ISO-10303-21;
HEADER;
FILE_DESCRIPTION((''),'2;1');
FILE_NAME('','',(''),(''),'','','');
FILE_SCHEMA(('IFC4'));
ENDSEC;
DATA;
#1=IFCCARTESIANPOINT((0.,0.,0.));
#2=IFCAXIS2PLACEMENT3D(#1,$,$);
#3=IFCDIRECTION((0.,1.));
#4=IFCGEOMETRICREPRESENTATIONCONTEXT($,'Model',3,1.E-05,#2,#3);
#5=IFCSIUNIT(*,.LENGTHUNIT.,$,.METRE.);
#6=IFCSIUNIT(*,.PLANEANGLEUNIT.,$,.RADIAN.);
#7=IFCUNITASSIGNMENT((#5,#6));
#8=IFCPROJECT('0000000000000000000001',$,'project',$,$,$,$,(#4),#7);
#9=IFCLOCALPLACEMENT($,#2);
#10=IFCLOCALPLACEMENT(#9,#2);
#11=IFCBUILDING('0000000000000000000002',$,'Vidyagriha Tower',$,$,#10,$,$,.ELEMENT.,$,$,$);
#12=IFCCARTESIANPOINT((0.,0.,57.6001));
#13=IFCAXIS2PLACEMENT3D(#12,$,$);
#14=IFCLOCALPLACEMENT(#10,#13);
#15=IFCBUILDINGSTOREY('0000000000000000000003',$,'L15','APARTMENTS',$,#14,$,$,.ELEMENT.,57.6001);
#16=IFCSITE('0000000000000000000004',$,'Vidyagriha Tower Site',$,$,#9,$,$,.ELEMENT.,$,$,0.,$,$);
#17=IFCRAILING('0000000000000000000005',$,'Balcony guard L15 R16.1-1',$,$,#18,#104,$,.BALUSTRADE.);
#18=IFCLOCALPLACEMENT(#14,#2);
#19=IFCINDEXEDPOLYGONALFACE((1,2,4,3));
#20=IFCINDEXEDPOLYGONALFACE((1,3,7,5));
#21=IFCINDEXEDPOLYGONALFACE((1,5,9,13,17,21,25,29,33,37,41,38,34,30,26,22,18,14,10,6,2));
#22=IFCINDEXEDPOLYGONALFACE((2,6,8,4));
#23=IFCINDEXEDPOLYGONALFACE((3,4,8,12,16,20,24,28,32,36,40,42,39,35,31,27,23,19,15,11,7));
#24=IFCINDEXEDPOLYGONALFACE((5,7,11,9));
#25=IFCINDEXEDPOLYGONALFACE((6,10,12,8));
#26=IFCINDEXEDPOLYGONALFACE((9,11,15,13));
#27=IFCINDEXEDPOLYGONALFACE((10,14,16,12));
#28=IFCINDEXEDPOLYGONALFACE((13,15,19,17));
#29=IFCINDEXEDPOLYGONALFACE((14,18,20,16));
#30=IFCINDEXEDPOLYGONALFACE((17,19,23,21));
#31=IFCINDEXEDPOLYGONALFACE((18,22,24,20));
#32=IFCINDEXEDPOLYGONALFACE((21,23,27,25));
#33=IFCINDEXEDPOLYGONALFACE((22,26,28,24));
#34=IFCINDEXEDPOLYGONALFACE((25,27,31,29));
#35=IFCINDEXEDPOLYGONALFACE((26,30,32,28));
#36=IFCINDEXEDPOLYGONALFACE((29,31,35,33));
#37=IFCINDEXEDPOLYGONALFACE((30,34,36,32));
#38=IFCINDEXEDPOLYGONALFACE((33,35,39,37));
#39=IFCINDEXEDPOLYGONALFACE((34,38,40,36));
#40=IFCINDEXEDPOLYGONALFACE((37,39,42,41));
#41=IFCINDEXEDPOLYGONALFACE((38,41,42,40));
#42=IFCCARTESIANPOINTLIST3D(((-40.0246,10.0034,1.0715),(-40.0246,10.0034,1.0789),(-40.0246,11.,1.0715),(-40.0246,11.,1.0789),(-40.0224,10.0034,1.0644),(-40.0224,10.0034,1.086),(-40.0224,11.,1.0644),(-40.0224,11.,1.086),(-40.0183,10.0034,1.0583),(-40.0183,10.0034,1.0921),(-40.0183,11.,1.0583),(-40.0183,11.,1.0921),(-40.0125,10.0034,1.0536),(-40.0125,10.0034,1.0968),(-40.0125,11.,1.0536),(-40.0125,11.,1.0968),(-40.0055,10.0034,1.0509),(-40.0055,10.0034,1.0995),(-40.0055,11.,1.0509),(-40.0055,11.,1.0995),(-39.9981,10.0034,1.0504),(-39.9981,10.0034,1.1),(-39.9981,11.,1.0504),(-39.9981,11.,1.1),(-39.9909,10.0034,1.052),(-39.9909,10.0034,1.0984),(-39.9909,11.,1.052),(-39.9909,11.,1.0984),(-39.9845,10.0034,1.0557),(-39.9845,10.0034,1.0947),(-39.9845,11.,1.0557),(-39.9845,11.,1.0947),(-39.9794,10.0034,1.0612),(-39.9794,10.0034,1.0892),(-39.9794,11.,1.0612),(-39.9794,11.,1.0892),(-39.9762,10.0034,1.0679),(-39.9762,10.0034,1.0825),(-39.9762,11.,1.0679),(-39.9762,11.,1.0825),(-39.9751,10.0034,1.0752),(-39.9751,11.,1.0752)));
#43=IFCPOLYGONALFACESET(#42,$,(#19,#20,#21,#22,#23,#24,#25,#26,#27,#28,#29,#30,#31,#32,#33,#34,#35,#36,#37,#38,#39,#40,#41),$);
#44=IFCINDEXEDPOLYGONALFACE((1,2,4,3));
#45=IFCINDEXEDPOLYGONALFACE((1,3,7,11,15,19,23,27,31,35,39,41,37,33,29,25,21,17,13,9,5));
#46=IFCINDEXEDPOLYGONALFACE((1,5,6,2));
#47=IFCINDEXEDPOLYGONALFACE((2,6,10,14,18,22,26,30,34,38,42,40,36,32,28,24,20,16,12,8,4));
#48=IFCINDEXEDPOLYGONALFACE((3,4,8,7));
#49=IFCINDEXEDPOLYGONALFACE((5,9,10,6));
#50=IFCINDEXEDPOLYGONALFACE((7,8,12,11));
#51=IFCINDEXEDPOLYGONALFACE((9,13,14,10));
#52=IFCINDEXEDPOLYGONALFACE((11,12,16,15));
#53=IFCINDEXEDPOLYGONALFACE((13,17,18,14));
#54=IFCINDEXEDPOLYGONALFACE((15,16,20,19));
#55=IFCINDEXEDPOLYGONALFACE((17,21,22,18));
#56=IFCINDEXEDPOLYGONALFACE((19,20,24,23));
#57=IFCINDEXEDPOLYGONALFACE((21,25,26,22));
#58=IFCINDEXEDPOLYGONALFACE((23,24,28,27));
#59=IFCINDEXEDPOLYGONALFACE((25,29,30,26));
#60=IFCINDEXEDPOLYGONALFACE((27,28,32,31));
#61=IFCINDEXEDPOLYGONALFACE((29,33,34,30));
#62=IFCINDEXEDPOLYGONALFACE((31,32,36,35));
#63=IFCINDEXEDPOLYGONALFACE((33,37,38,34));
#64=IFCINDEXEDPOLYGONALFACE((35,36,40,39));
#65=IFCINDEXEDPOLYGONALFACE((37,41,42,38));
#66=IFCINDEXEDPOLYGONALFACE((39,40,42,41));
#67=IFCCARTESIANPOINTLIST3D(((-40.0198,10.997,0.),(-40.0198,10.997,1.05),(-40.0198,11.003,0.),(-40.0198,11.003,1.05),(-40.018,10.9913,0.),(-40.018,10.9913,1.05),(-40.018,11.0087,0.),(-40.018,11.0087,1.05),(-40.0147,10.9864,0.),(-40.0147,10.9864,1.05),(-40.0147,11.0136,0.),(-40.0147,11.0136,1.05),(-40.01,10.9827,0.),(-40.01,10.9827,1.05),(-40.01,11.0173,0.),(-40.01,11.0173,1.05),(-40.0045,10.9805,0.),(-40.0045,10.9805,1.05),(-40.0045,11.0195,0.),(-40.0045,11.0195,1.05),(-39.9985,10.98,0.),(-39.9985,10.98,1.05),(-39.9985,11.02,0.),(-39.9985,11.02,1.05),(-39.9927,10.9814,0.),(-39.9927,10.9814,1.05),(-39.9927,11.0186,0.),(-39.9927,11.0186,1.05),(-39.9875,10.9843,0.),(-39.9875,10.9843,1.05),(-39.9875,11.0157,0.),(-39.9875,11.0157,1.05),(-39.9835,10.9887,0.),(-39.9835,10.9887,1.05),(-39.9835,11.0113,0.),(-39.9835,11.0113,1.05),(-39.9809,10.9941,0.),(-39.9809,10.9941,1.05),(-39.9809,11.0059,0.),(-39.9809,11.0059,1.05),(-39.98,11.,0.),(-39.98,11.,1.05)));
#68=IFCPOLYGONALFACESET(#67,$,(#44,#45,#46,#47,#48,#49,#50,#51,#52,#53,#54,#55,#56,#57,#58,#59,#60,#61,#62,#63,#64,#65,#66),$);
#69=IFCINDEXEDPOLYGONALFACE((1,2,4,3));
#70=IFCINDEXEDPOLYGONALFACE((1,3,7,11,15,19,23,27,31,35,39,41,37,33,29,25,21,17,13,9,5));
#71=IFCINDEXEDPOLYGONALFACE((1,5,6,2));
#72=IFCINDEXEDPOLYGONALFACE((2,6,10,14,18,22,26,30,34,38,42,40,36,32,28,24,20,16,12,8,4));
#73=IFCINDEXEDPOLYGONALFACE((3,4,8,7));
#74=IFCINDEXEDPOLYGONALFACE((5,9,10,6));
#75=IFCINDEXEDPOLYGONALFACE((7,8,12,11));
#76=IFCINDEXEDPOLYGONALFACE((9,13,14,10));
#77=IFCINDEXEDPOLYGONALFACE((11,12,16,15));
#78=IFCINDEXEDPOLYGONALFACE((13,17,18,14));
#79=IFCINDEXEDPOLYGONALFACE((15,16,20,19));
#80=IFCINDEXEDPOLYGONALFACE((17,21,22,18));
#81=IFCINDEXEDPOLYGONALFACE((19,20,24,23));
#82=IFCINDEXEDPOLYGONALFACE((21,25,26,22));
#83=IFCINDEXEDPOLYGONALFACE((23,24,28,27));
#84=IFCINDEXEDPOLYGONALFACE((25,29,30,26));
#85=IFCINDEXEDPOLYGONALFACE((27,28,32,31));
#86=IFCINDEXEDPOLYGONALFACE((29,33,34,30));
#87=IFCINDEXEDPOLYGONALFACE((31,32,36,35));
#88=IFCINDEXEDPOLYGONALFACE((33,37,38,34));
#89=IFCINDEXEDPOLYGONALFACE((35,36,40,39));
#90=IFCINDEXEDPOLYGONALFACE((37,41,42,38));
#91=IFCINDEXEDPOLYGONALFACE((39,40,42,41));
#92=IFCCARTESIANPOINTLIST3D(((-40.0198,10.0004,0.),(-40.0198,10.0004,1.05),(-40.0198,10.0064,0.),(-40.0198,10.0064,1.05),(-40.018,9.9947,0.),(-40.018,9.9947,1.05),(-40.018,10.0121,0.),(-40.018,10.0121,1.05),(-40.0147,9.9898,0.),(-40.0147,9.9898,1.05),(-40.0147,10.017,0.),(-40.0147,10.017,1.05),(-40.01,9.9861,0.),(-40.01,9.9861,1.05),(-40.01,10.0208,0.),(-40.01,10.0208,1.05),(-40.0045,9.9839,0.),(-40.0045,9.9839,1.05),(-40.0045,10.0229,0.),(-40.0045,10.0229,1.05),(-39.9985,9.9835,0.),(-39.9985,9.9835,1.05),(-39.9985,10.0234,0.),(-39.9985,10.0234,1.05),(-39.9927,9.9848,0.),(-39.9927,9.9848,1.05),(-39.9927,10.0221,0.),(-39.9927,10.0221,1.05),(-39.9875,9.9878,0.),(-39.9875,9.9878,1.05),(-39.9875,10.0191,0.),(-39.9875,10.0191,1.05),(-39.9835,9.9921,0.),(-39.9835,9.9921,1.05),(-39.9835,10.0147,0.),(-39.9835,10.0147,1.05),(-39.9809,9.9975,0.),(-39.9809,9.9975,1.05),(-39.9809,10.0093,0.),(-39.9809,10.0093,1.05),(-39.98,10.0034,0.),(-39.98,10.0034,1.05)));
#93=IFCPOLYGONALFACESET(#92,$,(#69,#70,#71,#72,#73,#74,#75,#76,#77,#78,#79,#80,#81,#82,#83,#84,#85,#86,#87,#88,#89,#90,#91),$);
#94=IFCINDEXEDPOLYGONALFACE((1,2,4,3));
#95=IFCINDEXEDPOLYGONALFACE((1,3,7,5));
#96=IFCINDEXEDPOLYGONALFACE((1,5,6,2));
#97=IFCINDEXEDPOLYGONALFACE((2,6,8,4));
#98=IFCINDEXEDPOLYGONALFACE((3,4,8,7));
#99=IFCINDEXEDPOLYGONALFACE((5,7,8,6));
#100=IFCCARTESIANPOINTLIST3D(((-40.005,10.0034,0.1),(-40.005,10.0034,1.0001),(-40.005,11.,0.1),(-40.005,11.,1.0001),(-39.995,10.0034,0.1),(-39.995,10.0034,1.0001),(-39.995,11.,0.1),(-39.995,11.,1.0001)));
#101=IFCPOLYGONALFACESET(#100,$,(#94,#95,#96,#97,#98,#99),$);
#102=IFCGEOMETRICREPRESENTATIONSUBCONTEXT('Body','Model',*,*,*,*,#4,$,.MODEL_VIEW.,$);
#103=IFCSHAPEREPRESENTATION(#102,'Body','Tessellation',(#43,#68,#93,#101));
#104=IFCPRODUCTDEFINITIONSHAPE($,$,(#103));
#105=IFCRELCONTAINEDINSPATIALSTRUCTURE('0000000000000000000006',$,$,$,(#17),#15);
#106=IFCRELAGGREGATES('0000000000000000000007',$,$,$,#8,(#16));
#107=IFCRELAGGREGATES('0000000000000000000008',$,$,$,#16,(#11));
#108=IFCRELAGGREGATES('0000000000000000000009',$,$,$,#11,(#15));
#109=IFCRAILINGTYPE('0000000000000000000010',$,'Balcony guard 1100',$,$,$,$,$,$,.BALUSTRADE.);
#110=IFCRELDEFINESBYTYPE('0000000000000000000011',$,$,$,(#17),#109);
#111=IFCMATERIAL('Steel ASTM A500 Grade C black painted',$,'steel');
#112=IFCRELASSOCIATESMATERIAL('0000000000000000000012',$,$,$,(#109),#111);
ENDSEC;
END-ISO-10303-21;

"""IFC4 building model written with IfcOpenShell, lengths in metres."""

from ifc_helpers import new_model, si_unit, direction, frame, origin, origin_2d, place, context, subcontext, project, spatial, rectangle, circle, extrude, material, type_object, element, save


model = new_model("IFC4")

# Units and contexts
model_context = context("Model", 3, precision=1e-05, world=origin(), true_north=direction((0.0, 1.0)))
body_context = subcontext(model_context, "Body", "Model", "MODEL_VIEW")
ifc_project = project(units=[si_unit("LENGTHUNIT", "METRE"), si_unit("PLANEANGLEUNIT", "RADIAN")], contexts=[model_context])

# Site, building, storey
site_placement = place(None, origin())
site = spatial("IfcSite", under=ifc_project, at=site_placement, Name="Vidyagriha Tower Site", CompositionType="ELEMENT", RefElevation=0.0)
building_placement = place(site_placement, origin())
building = spatial("IfcBuilding", under=site, at=building_placement, Name="Vidyagriha Tower", CompositionType="ELEMENT")
storey_placement = place(building_placement, frame((0.0, 0.0, 57.6001)))
storey = spatial("IfcBuildingStorey", under=building, at=storey_placement, Name="L15", Description="APARTMENTS", CompositionType="ELEMENT", Elevation=57.6001)

# Railing
ifc_material_1 = material(Name="Steel ASTM A500 Grade C black painted", Category="steel")
railing_type = type_object("IfcRailingType", Name="Balcony guard 1100", PredefinedType="BALUSTRADE", material=ifc_material_1)
railing_1_placement = place(storey_placement, frame((-40.0, 11.0, 0.0)))
element("IfcRailing", 1, at=railing_1_placement, inside=storey, type_object=railing_type, Name="Balcony guard L15 R16.1-1", PredefinedType="BALUSTRADE", context=body_context, shape_type="SweptSolid", body=[
    extrude(circle(Radius=0.0249, at=origin_2d()), frame((0.0, 0.0, 1.0752), z_axis=(0.0, -1.0, 0.0), x_axis=(1.0, 0.0, 0.0)), (0.0, 0.0, 1.0), 0.9966),
    extrude(circle(Radius=0.02, at=origin_2d()), origin(), (0.0, 0.0, 1.0), 1.05),
    extrude(circle(Radius=0.02, at=origin_2d()), frame((0.0, -0.9966, 0.0)), (0.0, 0.0, 1.0), 1.05),
    extrude(rectangle(XDim=0.01, YDim=0.9001, at=origin_2d()), frame((0.0, 0.0, 0.55), z_axis=(0.0, -1.0, 0.0), x_axis=(1.0, 0.0, 0.0)), (0.0, 0.0, 1.0), 0.9966),
])

save(model, "model.ifc")
